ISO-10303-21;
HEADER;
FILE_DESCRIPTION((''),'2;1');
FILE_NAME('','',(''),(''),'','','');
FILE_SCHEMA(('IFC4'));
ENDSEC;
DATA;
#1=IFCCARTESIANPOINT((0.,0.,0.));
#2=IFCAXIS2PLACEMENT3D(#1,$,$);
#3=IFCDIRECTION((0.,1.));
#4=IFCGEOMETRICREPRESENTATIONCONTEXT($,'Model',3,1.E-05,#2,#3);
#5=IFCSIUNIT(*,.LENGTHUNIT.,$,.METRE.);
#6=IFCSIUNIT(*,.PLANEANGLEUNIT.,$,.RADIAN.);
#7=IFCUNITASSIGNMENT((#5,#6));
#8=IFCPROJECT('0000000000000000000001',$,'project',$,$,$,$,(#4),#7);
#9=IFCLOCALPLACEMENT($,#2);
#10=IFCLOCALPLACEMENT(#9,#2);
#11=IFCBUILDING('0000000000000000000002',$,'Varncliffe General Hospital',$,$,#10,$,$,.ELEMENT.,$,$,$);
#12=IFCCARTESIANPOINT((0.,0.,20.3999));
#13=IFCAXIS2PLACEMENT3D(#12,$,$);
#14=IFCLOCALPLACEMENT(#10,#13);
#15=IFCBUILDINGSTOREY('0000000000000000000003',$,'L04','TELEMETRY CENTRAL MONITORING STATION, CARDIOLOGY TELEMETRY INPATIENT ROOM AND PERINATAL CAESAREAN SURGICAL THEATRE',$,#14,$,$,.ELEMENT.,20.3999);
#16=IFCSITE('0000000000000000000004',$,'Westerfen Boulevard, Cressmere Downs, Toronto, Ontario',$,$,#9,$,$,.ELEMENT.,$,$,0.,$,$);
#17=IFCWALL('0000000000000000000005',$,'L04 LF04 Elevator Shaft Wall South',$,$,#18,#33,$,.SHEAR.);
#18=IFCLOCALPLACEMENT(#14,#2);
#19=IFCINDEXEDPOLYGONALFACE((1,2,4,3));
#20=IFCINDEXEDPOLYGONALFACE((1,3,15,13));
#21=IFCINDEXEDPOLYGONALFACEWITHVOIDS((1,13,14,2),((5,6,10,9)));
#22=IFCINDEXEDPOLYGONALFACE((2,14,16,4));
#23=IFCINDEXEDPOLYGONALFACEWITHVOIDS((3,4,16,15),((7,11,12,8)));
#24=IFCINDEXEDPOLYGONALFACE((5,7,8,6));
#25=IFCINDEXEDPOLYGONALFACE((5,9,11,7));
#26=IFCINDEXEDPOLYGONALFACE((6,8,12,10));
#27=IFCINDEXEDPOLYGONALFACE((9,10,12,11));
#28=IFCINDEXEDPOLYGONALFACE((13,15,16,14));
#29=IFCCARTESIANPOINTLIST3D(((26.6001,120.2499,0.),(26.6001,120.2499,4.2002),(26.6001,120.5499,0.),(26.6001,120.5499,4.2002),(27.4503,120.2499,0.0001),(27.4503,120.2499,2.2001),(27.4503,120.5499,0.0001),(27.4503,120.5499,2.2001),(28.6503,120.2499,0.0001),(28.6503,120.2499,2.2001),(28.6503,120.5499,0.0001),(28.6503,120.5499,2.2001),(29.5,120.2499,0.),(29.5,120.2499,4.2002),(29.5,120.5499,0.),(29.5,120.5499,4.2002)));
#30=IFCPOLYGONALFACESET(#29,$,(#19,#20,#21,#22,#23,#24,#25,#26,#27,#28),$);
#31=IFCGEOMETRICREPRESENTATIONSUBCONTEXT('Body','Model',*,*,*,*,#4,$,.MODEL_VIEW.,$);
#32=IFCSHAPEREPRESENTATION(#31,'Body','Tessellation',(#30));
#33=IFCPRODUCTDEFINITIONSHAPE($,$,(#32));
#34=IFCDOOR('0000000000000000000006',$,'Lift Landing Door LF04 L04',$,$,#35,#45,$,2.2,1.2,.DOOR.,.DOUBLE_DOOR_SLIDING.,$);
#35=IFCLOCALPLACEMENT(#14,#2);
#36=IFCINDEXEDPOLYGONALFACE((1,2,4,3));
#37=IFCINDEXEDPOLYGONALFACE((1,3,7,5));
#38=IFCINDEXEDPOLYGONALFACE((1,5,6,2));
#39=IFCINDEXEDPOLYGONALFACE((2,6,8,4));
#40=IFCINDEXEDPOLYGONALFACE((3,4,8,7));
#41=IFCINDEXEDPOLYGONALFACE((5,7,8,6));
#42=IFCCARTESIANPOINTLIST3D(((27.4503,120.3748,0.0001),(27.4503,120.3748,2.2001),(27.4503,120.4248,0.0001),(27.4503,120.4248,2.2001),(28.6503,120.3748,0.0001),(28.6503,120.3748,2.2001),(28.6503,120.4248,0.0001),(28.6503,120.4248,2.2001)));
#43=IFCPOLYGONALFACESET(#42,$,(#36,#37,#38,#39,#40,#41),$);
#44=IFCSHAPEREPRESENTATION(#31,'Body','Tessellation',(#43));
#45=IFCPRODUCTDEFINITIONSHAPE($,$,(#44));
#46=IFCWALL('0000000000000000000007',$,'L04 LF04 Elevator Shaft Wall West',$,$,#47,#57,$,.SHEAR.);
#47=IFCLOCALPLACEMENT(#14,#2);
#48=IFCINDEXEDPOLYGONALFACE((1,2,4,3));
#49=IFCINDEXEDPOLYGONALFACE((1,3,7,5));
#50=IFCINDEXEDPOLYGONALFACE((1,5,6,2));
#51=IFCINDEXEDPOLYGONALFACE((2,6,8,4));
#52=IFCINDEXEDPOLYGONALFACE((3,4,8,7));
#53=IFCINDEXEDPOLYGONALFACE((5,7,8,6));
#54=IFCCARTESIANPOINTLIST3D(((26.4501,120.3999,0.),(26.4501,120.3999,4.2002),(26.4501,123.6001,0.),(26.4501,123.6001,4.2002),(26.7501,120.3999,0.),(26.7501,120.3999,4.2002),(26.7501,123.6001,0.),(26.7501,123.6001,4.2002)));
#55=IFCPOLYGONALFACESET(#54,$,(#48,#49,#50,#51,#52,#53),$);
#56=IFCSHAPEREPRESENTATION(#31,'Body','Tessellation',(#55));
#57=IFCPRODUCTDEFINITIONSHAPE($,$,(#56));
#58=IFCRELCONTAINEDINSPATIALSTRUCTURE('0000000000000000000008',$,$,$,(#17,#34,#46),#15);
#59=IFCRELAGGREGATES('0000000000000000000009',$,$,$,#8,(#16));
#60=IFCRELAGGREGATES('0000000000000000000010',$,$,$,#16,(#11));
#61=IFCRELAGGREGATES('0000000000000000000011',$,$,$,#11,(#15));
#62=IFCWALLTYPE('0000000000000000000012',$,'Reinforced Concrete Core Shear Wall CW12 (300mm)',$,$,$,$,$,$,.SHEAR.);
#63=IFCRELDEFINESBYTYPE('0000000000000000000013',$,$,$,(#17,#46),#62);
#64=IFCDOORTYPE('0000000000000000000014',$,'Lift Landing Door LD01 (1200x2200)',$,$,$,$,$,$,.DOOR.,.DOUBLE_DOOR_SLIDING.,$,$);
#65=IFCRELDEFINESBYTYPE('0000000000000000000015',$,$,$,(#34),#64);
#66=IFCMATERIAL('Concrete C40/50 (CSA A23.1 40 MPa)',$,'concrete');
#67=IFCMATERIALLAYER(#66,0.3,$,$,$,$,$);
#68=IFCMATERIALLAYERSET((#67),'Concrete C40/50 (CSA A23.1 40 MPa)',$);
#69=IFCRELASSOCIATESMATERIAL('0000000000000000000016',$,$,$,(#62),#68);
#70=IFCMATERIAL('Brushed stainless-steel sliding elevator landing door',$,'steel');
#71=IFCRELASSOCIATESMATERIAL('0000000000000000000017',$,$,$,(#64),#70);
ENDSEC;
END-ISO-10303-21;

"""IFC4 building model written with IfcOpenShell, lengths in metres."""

from ifc_helpers import new_model, si_unit, direction, frame, frame_2d, origin, place, context, subcontext, project, spatial, rectangle, extrude, material, layer, layer_set, type_object, element, fill, save


model = new_model("IFC4")

# Units and contexts
model_context = context("Model", 3, precision=1e-05, world=origin(), true_north=direction((0.0, 1.0)))
body_context = subcontext(model_context, "Body", "Model", "MODEL_VIEW")
ifc_project = project(units=[si_unit("LENGTHUNIT", "METRE"), si_unit("PLANEANGLEUNIT", "RADIAN")], contexts=[model_context])

# Site, building, storey
site_placement = place(None, origin())
site = spatial("IfcSite", under=ifc_project, at=site_placement, Name="Westerfen Boulevard, Cressmere Downs, Toronto, Ontario", CompositionType="ELEMENT", RefElevation=0.0)
building_placement = place(site_placement, origin())
building = spatial("IfcBuilding", under=site, at=building_placement, Name="Varncliffe General Hospital", CompositionType="ELEMENT")
storey_placement = place(building_placement, frame((0.0, 0.0, 20.3999)))
storey = spatial("IfcBuildingStorey", under=building, at=storey_placement, Name="L04", Description="TELEMETRY CENTRAL MONITORING STATION, CARDIOLOGY TELEMETRY INPATIENT ROOM AND PERINATAL CAESAREAN SURGICAL THEATRE", CompositionType="ELEMENT", Elevation=20.3999)

# Shared definitions
ifc_material_1 = material(Name="Concrete C40/50 (CSA A23.1 40 MPa)", Category="concrete")

# Shared definitions
ifc_layer_1 = layer(ifc_material_1, 0.3)
ifc_layer_set_1 = layer_set([ifc_layer_1], Name="Concrete C40/50 (CSA A23.1 40 MPa)")
wall_type_1 = type_object("IfcWallType", Name="Reinforced Concrete Core Shear Wall CW12 (300mm)", PredefinedType="SHEAR", material=ifc_layer_set_1)
ifc_material_2 = material(Name="Brushed stainless-steel sliding elevator landing door", Category="steel")

# Wall, opening, door
wall_1_placement = place(storey_placement, frame((26.6001, 120.3999, 0.0), z_axis=(0.0, 0.0, 1.0), x_axis=(1.0, 0.0, 0.0)))
wall_1 = element("IfcWall", 1, at=wall_1_placement, inside=storey, type_object=wall_type_1, Name="L04 LF04 Elevator Shaft Wall South", PredefinedType="SHEAR", context=body_context, shape_type="SweptSolid", body=[
    extrude(rectangle(XDim=2.8999, YDim=0.3, at=frame_2d((1.45, 0.0))), origin(), (0.0, 0.0, 1.0), 4.2002),
])
opening_1_placement = place(wall_1_placement, frame((0.8501, 0.0, 0.0)))
opening_1 = element("IfcOpeningElement", 2, at=opening_1_placement, cuts=wall_1, PredefinedType="OPENING", context=body_context, shape_type="SweptSolid", body=[
    extrude(rectangle(XDim=1.2, YDim=2.2, at=frame_2d((0.6001, 1.1001))), frame((0.0, 0.1602, 0.0), z_axis=(0.0, -1.0, 0.0), x_axis=(1.0, 0.0, 0.0)), (0.0, 0.0, 1.0), 0.3201),
])
door_type_1 = type_object("IfcDoorType", Name="Lift Landing Door LD01 (1200x2200)", OperationType="DOUBLE_DOOR_SLIDING", PredefinedType="DOOR", material=ifc_material_2)
door_1_placement = place(opening_1_placement, origin())
door_1 = element("IfcDoor", 3, at=door_1_placement, inside=storey, type_object=door_type_1, Name="Lift Landing Door LF04 L04", OperationType="DOUBLE_DOOR_SLIDING", OverallHeight=2.2, OverallWidth=1.2, PredefinedType="DOOR", context=body_context, shape_type="SweptSolid", body=[
    extrude(rectangle(XDim=1.2, YDim=2.2, at=frame_2d((0.6001, 1.1001))), frame((0.0, 0.0249, 0.0), z_axis=(0.0, -1.0, 0.0), x_axis=(1.0, 0.0, 0.0)), (0.0, 0.0, 1.0), 0.05),
])
fill(opening_1, door_1)

# Wall
wall_2_placement = place(storey_placement, frame((26.6001, 123.6001, 0.0), z_axis=(0.0, 0.0, 1.0), x_axis=(0.0, -1.0, 0.0)))
element("IfcWall", 4, at=wall_2_placement, inside=storey, type_object=wall_type_1, Name="L04 LF04 Elevator Shaft Wall West", PredefinedType="SHEAR", context=body_context, shape_type="SweptSolid", body=[
    extrude(rectangle(XDim=3.2002, YDim=0.3, at=frame_2d((1.6001, 0.0))), origin(), (0.0, 0.0, 1.0), 4.2002),
])

save(model, "model.ifc")
